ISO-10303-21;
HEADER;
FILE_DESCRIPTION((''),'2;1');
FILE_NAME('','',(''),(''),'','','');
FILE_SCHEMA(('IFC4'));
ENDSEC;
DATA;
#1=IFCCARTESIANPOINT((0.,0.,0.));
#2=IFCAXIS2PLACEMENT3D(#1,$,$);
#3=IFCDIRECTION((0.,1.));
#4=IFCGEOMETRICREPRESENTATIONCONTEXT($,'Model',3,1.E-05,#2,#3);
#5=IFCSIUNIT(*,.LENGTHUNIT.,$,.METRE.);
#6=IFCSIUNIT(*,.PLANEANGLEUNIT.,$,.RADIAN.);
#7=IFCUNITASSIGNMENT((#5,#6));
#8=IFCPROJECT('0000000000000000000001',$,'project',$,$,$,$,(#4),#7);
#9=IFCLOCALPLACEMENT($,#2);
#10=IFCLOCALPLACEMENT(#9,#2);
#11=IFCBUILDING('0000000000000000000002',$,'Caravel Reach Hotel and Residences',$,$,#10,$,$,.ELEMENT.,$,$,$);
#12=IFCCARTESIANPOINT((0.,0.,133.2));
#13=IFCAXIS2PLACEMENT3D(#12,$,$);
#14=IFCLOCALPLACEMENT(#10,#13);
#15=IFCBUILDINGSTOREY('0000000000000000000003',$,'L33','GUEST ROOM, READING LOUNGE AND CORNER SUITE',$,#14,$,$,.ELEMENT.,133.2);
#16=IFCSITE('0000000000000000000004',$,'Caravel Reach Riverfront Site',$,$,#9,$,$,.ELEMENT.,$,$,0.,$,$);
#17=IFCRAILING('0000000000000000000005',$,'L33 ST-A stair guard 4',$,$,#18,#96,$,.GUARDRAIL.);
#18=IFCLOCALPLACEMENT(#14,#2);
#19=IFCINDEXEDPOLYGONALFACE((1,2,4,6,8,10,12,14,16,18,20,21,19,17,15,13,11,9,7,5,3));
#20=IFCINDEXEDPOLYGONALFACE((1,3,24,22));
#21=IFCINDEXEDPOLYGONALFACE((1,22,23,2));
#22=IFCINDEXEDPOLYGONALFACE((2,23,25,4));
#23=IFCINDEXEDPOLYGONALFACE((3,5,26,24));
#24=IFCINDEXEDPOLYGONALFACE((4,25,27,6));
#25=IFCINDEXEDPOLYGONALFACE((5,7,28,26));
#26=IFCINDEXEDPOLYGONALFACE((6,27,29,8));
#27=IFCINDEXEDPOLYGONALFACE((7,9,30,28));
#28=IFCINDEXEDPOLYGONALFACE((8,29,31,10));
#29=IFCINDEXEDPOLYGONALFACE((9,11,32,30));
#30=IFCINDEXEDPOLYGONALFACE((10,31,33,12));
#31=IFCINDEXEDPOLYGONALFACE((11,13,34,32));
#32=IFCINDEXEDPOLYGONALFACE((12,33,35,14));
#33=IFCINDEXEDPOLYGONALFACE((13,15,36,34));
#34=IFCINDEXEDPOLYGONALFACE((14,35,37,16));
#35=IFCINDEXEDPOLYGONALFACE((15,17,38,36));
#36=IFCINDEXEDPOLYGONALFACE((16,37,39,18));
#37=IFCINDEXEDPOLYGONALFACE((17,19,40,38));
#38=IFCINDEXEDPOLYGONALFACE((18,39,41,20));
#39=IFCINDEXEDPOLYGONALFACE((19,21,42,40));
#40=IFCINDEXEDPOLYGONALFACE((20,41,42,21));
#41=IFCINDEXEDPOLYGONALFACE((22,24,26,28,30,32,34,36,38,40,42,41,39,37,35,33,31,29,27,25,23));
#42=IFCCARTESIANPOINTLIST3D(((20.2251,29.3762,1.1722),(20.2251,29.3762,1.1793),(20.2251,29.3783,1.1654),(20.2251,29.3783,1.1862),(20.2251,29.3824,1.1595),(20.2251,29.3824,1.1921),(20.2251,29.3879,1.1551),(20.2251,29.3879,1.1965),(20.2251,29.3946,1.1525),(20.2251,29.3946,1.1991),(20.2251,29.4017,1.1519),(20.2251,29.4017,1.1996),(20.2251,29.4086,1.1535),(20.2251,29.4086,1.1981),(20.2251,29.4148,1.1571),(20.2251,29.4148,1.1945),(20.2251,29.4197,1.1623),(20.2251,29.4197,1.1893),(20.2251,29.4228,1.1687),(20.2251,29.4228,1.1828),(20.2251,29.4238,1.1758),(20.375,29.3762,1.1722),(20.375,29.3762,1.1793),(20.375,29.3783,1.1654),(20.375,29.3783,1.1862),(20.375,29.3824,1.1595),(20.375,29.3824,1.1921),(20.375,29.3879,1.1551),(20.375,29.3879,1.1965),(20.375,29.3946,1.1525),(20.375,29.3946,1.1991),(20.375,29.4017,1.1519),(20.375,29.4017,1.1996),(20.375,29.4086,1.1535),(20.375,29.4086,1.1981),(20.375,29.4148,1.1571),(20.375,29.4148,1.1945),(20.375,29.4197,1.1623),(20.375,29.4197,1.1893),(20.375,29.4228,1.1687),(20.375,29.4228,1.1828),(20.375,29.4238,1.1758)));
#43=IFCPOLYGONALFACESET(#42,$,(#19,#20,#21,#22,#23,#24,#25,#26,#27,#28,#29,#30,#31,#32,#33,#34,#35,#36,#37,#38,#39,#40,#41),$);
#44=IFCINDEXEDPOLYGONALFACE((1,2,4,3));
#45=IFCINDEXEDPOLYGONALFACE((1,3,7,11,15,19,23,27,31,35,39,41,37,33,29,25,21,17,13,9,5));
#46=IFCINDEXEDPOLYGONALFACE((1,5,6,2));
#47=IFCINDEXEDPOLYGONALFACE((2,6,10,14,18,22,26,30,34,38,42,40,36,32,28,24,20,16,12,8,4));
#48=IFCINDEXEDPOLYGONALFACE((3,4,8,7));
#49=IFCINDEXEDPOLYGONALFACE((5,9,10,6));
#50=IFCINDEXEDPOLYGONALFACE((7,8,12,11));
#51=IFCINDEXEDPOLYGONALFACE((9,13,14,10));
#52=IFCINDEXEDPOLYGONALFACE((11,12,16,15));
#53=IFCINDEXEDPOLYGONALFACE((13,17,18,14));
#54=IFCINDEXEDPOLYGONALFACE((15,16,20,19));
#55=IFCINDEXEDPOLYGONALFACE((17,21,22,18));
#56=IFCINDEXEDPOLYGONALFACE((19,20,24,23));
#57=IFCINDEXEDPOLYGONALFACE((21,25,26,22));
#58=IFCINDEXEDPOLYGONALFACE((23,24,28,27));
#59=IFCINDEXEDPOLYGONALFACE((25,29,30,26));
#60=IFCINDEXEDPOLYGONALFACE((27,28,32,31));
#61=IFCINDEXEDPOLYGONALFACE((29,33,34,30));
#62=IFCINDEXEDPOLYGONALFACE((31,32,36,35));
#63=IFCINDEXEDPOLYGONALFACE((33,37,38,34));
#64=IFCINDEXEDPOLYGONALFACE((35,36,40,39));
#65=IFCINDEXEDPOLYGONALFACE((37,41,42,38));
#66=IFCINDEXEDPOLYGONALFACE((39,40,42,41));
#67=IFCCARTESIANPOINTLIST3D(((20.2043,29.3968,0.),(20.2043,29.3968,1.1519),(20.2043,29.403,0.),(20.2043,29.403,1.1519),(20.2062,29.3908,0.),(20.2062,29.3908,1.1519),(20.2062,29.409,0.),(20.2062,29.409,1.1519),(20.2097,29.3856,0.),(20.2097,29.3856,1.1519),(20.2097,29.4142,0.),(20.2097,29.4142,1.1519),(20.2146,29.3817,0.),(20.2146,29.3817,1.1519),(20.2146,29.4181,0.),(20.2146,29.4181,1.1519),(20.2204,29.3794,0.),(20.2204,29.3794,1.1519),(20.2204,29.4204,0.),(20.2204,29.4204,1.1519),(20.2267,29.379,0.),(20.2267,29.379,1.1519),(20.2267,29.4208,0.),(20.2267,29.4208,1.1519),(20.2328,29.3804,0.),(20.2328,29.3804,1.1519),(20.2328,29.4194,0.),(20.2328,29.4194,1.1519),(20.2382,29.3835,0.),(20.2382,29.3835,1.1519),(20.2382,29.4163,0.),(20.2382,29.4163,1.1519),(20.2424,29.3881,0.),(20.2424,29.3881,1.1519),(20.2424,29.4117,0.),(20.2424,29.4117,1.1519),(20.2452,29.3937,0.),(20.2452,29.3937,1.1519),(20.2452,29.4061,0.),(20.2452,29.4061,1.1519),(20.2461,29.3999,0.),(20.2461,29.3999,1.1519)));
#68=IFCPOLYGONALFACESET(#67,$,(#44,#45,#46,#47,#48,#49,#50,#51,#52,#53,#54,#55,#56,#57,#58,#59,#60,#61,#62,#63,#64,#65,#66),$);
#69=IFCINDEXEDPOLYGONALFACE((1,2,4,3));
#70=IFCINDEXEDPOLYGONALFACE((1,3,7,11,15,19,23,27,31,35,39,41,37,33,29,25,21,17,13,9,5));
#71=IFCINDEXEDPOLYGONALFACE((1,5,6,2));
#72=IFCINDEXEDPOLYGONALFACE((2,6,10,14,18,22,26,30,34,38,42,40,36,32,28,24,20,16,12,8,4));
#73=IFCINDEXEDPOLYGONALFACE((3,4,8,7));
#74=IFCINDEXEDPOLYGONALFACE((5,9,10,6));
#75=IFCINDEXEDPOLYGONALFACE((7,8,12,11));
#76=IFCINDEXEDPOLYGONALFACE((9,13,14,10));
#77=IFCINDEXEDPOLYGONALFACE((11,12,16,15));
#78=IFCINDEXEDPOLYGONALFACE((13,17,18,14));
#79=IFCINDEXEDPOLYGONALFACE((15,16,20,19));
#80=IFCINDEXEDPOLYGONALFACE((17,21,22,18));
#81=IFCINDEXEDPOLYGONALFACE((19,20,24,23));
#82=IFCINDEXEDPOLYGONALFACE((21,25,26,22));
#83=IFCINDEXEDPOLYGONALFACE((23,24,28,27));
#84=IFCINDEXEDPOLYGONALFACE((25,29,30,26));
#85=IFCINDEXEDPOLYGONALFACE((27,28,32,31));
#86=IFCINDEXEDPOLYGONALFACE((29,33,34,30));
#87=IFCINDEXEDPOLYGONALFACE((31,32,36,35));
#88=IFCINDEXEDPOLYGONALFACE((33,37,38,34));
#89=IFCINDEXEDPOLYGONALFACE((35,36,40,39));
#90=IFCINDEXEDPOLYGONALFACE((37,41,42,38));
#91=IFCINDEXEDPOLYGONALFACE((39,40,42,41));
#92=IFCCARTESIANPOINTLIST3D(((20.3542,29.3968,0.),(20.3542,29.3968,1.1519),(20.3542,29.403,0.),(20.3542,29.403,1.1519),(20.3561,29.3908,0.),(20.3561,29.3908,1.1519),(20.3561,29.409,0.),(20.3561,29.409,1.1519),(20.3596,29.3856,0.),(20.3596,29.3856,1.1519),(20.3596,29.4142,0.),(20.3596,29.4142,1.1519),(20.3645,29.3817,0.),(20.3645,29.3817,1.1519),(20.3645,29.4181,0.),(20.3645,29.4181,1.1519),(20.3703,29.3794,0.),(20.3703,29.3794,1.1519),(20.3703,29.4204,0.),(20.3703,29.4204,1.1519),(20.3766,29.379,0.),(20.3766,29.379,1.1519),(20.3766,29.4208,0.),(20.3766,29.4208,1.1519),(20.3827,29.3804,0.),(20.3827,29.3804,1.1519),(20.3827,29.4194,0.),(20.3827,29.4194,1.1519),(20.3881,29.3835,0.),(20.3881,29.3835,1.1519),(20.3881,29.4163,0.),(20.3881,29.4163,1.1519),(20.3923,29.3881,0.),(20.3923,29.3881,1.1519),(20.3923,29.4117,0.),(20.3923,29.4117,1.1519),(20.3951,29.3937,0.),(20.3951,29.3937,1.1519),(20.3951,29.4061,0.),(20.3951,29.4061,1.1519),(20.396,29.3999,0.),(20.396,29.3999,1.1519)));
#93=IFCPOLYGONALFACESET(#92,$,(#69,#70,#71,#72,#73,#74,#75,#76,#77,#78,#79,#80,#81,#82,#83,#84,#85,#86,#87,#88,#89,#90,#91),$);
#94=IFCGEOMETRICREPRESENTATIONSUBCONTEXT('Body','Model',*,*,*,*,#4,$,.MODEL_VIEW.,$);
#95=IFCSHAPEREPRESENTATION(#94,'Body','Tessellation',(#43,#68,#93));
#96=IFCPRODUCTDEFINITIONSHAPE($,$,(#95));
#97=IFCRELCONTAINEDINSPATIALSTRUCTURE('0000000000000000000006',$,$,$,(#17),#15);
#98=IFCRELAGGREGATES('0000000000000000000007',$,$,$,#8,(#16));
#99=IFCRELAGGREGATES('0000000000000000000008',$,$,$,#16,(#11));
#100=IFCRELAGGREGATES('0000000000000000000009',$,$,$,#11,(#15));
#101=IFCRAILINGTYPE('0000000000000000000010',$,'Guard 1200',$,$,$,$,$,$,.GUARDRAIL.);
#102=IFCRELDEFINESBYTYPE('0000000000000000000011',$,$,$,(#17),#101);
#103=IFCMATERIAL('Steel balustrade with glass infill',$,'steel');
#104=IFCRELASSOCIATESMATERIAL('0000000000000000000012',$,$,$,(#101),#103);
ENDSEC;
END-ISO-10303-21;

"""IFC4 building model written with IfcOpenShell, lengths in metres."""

from ifc_helpers import new_model, si_unit, direction, frame, origin, origin_2d, place, context, subcontext, project, spatial, circle, extrude, material, type_object, element, save


model = new_model("IFC4")

# Units and contexts
model_context = context("Model", 3, precision=1e-05, world=origin(), true_north=direction((0.0, 1.0)))
body_context = subcontext(model_context, "Body", "Model", "MODEL_VIEW")
ifc_project = project(units=[si_unit("LENGTHUNIT", "METRE"), si_unit("PLANEANGLEUNIT", "RADIAN")], contexts=[model_context])

# Site, building, storey
site_placement = place(None, origin())
site = spatial("IfcSite", under=ifc_project, at=site_placement, Name="Caravel Reach Riverfront Site", CompositionType="ELEMENT", RefElevation=0.0)
building_placement = place(site_placement, origin())
building = spatial("IfcBuilding", under=site, at=building_placement, Name="Caravel Reach Hotel and Residences", CompositionType="ELEMENT")
storey_placement = place(building_placement, frame((0.0, 0.0, 133.2)))
storey = spatial("IfcBuildingStorey", under=building, at=storey_placement, Name="L33", Description="GUEST ROOM, READING LOUNGE AND CORNER SUITE", CompositionType="ELEMENT", Elevation=133.2)

# Railing
ifc_material_1 = material(Name="Steel balustrade with glass infill", Category="steel")
railing_type_1 = type_object("IfcRailingType", Name="Guard 1200", PredefinedType="GUARDRAIL", material=ifc_material_1)
railing_1_placement = place(storey_placement, frame((20.2251, 29.3999, 0.0)))
element("IfcRailing", 1, at=railing_1_placement, inside=storey, type_object=railing_type_1, Name="L33 ST-A stair guard 4", PredefinedType="GUARDRAIL", context=body_context, shape_type="SweptSolid", body=[
    extrude(circle(Radius=0.0239, at=origin_2d()), frame((0.0, 0.0, 1.1758), z_axis=(1.0, 0.0, 0.0), x_axis=(0.0, 1.0, 0.0)), (0.0, 0.0, 1.0), 0.1499),
    extrude(circle(Radius=0.021, at=origin_2d()), origin(), (0.0, 0.0, 1.0), 1.1519),
    extrude(circle(Radius=0.021, at=origin_2d()), frame((0.1499, 0.0, 0.0)), (0.0, 0.0, 1.0), 1.1519),
])

save(model, "model.ifc")
